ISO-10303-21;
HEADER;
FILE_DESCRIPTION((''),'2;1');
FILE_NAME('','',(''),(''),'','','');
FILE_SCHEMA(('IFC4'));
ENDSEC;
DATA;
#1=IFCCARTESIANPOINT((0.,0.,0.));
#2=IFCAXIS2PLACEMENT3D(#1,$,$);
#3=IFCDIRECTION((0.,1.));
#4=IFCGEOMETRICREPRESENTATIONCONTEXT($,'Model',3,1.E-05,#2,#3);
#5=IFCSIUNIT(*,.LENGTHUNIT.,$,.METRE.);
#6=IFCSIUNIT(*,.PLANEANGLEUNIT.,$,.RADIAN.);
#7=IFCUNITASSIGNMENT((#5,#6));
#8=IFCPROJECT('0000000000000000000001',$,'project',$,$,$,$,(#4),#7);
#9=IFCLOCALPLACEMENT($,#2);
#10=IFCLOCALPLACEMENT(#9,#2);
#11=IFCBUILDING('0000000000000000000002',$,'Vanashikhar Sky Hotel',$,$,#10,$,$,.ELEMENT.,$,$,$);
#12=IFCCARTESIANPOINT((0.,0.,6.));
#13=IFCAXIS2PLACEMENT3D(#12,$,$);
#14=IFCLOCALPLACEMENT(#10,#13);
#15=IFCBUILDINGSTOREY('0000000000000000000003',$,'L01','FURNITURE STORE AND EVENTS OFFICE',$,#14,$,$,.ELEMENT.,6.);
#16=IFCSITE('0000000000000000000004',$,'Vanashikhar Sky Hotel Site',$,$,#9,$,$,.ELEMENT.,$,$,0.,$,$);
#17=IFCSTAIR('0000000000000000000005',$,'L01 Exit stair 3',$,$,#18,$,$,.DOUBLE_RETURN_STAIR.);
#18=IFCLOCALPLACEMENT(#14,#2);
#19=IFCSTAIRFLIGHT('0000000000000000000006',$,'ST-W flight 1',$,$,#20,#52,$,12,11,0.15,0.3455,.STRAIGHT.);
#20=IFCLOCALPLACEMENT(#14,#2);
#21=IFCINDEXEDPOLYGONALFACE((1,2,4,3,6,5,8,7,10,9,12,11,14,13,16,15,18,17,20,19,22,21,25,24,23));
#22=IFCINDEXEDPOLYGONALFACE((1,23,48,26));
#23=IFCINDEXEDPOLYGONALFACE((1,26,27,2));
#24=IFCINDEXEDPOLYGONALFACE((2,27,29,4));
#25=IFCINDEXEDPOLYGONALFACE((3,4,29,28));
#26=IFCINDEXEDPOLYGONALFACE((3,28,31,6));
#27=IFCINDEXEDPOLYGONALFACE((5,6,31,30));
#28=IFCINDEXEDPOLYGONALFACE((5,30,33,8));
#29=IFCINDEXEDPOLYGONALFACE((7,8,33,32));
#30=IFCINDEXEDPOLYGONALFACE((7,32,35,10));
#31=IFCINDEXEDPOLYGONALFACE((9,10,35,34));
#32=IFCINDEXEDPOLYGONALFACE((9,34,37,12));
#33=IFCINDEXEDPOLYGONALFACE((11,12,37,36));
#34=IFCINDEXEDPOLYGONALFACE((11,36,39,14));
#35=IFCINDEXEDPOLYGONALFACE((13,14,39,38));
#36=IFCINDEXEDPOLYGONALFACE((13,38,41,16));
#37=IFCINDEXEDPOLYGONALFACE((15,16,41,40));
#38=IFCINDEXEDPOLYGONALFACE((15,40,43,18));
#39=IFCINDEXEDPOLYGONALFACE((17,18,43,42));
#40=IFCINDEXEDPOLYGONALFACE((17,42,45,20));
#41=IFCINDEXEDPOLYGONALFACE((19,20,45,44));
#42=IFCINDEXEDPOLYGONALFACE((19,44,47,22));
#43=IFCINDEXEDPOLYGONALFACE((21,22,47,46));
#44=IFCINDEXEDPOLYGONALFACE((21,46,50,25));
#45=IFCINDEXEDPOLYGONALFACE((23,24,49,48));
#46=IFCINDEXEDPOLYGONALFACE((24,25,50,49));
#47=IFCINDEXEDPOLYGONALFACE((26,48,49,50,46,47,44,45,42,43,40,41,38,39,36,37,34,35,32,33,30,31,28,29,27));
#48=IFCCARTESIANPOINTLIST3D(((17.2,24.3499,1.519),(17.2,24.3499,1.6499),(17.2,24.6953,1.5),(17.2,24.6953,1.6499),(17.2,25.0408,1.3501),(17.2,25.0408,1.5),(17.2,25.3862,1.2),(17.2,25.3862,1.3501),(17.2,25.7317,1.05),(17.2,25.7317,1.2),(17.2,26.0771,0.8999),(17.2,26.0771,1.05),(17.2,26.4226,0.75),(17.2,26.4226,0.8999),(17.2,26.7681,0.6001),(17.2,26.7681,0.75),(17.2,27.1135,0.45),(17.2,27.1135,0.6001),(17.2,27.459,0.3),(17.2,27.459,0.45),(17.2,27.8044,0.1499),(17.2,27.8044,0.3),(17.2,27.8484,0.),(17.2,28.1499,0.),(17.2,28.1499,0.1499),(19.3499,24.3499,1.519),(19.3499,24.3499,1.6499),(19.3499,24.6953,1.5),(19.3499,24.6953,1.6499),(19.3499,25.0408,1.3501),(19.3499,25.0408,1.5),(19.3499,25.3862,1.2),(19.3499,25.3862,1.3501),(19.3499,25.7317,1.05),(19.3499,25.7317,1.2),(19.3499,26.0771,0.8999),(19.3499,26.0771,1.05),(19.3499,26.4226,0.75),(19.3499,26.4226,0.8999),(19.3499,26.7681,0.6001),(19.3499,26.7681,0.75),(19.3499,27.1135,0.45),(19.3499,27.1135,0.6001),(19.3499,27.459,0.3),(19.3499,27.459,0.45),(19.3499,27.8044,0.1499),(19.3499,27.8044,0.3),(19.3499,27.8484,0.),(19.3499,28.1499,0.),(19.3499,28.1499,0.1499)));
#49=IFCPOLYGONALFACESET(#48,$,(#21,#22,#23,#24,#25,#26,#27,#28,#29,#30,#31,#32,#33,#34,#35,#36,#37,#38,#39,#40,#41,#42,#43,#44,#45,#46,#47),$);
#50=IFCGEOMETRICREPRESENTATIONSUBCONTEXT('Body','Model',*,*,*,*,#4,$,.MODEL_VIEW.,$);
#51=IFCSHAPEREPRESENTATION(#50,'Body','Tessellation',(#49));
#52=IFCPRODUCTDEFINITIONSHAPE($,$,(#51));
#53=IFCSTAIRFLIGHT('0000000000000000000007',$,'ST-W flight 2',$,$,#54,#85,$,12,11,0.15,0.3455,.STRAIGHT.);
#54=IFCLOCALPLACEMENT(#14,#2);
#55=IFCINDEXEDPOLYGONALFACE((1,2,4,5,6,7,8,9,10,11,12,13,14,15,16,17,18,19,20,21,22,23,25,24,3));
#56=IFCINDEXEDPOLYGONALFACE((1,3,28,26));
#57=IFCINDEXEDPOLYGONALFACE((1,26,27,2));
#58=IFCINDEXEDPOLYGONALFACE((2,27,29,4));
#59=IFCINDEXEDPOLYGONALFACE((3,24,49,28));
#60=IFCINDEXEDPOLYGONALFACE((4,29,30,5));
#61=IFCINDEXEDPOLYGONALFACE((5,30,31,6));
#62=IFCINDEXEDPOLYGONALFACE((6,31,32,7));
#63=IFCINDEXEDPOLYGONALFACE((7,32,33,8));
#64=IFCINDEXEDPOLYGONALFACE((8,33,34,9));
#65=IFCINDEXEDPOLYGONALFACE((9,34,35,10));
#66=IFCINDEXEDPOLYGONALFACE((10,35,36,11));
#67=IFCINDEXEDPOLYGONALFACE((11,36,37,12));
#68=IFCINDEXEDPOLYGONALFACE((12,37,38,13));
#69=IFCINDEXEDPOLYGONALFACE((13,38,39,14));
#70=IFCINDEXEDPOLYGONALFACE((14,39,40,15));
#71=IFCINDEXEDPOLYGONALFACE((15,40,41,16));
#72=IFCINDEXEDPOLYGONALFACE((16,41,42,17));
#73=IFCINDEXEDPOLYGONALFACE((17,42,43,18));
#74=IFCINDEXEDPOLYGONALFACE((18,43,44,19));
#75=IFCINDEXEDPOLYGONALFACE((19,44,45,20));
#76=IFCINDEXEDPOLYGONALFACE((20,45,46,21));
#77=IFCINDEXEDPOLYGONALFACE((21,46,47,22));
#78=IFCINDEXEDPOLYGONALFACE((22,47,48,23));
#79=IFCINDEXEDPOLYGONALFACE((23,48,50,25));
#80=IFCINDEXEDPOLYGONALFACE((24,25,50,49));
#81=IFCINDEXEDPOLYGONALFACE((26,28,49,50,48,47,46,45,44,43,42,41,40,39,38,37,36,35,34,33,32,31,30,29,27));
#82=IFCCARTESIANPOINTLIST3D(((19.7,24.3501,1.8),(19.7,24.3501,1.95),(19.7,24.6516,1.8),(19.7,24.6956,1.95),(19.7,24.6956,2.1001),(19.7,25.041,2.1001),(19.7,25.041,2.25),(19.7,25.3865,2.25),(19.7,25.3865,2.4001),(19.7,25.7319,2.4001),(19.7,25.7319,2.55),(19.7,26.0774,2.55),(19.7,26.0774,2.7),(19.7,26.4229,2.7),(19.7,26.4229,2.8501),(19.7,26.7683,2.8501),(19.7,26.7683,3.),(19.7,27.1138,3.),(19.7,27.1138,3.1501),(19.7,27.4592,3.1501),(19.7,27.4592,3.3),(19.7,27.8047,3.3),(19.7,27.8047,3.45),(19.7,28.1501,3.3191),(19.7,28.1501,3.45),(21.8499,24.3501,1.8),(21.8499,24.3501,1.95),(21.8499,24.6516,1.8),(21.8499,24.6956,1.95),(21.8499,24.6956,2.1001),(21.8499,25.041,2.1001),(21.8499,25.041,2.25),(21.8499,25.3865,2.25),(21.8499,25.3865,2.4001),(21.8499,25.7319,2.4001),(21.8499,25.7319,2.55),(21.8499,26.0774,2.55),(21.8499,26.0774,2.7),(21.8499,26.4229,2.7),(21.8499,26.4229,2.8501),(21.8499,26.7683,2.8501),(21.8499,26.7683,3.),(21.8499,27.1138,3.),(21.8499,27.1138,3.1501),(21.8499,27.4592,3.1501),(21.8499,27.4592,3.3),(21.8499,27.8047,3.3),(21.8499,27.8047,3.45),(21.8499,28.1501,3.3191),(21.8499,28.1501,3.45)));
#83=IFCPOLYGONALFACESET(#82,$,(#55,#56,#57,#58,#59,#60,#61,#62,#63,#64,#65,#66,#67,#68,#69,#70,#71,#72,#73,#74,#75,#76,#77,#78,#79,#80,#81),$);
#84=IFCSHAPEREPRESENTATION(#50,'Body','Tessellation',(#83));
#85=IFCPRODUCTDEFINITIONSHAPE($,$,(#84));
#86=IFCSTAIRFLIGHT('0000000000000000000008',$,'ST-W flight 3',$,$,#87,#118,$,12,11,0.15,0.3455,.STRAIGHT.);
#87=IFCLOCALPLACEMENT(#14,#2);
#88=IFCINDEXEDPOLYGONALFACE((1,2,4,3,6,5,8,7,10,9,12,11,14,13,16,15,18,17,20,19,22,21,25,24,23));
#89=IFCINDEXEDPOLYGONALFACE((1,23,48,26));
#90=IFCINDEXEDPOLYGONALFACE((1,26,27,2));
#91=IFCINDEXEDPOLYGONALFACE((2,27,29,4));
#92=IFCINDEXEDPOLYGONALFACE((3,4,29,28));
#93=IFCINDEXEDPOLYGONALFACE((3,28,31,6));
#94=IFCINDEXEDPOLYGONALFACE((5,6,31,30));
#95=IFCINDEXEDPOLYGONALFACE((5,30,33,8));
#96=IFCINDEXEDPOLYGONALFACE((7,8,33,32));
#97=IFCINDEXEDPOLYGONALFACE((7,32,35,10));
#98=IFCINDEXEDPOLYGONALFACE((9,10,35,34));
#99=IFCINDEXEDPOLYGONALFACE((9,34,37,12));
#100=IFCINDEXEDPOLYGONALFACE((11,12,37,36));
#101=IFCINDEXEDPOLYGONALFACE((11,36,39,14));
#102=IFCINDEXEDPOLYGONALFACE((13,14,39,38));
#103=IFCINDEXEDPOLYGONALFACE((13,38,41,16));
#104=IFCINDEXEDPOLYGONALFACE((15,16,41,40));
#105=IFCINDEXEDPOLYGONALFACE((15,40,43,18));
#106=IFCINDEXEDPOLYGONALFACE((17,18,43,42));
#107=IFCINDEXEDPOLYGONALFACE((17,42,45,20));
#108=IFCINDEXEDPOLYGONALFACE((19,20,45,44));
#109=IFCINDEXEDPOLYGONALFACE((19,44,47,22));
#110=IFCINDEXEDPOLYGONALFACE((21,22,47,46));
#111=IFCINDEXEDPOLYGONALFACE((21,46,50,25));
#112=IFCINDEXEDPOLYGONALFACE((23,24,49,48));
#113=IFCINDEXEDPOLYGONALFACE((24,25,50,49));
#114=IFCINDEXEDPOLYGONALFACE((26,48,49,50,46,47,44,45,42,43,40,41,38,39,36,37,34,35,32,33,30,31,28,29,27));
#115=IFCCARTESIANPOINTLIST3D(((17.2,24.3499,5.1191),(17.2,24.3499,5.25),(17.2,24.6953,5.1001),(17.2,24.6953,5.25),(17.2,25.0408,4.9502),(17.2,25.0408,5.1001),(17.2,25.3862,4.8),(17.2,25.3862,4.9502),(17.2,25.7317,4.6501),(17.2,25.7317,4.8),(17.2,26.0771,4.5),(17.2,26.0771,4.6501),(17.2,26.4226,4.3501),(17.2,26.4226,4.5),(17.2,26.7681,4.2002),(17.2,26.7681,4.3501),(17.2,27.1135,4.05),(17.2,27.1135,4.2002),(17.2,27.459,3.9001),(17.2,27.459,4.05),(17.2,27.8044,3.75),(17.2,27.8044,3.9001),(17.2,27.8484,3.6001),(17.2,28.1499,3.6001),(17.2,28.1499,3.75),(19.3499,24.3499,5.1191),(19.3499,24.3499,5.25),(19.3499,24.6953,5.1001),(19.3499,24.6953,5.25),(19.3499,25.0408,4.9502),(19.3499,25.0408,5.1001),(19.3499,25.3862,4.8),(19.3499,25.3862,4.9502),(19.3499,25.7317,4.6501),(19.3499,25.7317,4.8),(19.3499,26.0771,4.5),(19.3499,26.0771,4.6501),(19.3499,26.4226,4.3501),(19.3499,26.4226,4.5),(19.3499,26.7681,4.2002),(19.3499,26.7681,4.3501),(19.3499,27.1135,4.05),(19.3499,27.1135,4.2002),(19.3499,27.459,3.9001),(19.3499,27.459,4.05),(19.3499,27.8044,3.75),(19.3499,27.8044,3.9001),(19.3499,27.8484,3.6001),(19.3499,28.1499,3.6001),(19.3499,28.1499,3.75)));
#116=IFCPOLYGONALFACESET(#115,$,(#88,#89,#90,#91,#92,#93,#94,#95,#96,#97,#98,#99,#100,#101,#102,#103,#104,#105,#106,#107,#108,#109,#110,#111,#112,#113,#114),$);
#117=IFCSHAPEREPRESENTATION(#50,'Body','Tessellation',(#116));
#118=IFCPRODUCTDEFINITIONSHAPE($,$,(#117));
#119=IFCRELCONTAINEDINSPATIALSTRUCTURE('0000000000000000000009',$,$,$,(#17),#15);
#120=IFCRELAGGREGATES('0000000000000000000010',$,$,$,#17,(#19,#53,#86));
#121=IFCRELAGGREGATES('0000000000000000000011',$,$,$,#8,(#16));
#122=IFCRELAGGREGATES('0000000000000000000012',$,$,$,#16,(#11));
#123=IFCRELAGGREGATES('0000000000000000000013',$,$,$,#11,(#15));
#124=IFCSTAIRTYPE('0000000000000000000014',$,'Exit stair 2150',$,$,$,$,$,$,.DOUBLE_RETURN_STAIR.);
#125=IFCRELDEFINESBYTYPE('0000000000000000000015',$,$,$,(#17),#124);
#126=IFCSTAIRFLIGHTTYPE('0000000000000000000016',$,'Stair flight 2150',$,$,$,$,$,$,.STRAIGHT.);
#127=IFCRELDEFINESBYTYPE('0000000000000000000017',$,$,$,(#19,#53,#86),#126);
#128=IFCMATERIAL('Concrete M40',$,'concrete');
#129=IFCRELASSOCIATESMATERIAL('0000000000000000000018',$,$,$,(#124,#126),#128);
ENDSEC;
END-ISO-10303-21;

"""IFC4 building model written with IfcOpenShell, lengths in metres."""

from ifc_helpers import new_model, si_unit, direction, frame, origin, place, context, subcontext, project, spatial, polyline, outline, extrude, source, transform, mapped, material, type_object, element, aggregate, save


model = new_model("IFC4")

# Units and contexts
model_context = context("Model", 3, precision=1e-05, world=origin(), true_north=direction((0.0, 1.0)))
body_context = subcontext(model_context, "Body", "Model", "MODEL_VIEW")
ifc_project = project(units=[si_unit("LENGTHUNIT", "METRE"), si_unit("PLANEANGLEUNIT", "RADIAN")], contexts=[model_context])

# Site, building, storey
site_placement = place(None, origin())
site = spatial("IfcSite", under=ifc_project, at=site_placement, Name="Vanashikhar Sky Hotel Site", CompositionType="ELEMENT", RefElevation=0.0)
building_placement = place(site_placement, origin())
building = spatial("IfcBuilding", under=site, at=building_placement, Name="Vanashikhar Sky Hotel", CompositionType="ELEMENT")
storey_placement = place(building_placement, frame((0.0, 0.0, 6.0)))
storey = spatial("IfcBuildingStorey", under=building, at=storey_placement, Name="L01", Description="FURNITURE STORE AND EVENTS OFFICE", CompositionType="ELEMENT", Elevation=6.0)

# Stair, stair flights
ifc_material_1 = material(Name="Concrete M40", Category="concrete")
stair_type = type_object("IfcStairType", Name="Exit stair 2150", PredefinedType="DOUBLE_RETURN_STAIR", material=ifc_material_1)
stair_placement = place(storey_placement, origin())
stair = element("IfcStair", 1, at=stair_placement, inside=storey, type_object=stair_type, Name="L01 Exit stair 3", PredefinedType="DOUBLE_RETURN_STAIR")
stair_flight_type = type_object("IfcStairFlightType", Name="Stair flight 2150", PredefinedType="STRAIGHT", material=ifc_material_1)
shared_shape_1 = source(origin(), body_context, "Body", "SweptSolid", [
    extrude(outline(polyline([(0.0, 0.0), (0.0, 0.1499), (0.3455, 0.1499), (0.3455, 0.3), (0.6909, 0.3), (0.6909, 0.45), (1.0364, 0.45), (1.0364, 0.6001), (1.3818, 0.6001), (1.3818, 0.75), (1.7273, 0.75), (1.7273, 0.8999), (2.0728, 0.8999), (2.0728, 1.05), (2.4182, 1.05), (2.4182, 1.2), (2.7637, 1.2), (2.7637, 1.3501), (3.1091, 1.3501), (3.1091, 1.5), (3.4546, 1.5), (3.4546, 1.6499), (3.8, 1.6499), (3.8, 1.8), (3.8, 1.519), (0.3015, 0.0), (0.0, 0.0)])), frame((0.0, 1.075, 0.0), z_axis=(0.0, -1.0, 0.0), x_axis=(1.0, 0.0, 0.0)), (0.0, 0.0, 1.0), 2.1499),
])
stair_flight_1_placement = place(storey_placement, frame((18.2749, 28.1499, 0.0), z_axis=(0.0, 0.0, 1.0), x_axis=(0.0, -1.0, 0.0)))
stair_flight_1 = element("IfcStairFlight", 2, at=stair_flight_1_placement, type_object=stair_flight_type, Name="ST-W flight 1", NumberOfRisers=12, NumberOfTreads=11, PredefinedType="STRAIGHT", RiserHeight=0.15, TreadLength=0.3455, context=body_context, shape_type="MappedRepresentation", body=[
    mapped(shared_shape_1, transform((0.0, 0.0, 0.0), scale=1.0)),
])
stair_flight_2_placement = place(storey_placement, frame((20.7749, 24.3501, 1.8), z_axis=(0.0, 0.0, 1.0), x_axis=(0.0, 1.0, 0.0)))
stair_flight_2 = element("IfcStairFlight", 3, at=stair_flight_2_placement, type_object=stair_flight_type, Name="ST-W flight 2", NumberOfRisers=12, NumberOfTreads=11, PredefinedType="STRAIGHT", RiserHeight=0.15, TreadLength=0.3455, context=body_context, shape_type="MappedRepresentation", body=[
    mapped(shared_shape_1, transform((0.0, 0.0, 0.0), scale=1.0)),
])
stair_flight_3_placement = place(storey_placement, frame((18.2749, 28.1499, 3.6001), z_axis=(0.0, 0.0, 1.0), x_axis=(0.0, -1.0, 0.0)))
stair_flight_3 = element("IfcStairFlight", 4, at=stair_flight_3_placement, type_object=stair_flight_type, Name="ST-W flight 3", NumberOfRisers=12, NumberOfTreads=11, PredefinedType="STRAIGHT", RiserHeight=0.15, TreadLength=0.3455, context=body_context, shape_type="MappedRepresentation", body=[
    mapped(shared_shape_1, transform((0.0, 0.0, 0.0), scale=1.0)),
])
aggregate(stair, [stair_flight_1, stair_flight_2, stair_flight_3])

save(model, "model.ifc")
